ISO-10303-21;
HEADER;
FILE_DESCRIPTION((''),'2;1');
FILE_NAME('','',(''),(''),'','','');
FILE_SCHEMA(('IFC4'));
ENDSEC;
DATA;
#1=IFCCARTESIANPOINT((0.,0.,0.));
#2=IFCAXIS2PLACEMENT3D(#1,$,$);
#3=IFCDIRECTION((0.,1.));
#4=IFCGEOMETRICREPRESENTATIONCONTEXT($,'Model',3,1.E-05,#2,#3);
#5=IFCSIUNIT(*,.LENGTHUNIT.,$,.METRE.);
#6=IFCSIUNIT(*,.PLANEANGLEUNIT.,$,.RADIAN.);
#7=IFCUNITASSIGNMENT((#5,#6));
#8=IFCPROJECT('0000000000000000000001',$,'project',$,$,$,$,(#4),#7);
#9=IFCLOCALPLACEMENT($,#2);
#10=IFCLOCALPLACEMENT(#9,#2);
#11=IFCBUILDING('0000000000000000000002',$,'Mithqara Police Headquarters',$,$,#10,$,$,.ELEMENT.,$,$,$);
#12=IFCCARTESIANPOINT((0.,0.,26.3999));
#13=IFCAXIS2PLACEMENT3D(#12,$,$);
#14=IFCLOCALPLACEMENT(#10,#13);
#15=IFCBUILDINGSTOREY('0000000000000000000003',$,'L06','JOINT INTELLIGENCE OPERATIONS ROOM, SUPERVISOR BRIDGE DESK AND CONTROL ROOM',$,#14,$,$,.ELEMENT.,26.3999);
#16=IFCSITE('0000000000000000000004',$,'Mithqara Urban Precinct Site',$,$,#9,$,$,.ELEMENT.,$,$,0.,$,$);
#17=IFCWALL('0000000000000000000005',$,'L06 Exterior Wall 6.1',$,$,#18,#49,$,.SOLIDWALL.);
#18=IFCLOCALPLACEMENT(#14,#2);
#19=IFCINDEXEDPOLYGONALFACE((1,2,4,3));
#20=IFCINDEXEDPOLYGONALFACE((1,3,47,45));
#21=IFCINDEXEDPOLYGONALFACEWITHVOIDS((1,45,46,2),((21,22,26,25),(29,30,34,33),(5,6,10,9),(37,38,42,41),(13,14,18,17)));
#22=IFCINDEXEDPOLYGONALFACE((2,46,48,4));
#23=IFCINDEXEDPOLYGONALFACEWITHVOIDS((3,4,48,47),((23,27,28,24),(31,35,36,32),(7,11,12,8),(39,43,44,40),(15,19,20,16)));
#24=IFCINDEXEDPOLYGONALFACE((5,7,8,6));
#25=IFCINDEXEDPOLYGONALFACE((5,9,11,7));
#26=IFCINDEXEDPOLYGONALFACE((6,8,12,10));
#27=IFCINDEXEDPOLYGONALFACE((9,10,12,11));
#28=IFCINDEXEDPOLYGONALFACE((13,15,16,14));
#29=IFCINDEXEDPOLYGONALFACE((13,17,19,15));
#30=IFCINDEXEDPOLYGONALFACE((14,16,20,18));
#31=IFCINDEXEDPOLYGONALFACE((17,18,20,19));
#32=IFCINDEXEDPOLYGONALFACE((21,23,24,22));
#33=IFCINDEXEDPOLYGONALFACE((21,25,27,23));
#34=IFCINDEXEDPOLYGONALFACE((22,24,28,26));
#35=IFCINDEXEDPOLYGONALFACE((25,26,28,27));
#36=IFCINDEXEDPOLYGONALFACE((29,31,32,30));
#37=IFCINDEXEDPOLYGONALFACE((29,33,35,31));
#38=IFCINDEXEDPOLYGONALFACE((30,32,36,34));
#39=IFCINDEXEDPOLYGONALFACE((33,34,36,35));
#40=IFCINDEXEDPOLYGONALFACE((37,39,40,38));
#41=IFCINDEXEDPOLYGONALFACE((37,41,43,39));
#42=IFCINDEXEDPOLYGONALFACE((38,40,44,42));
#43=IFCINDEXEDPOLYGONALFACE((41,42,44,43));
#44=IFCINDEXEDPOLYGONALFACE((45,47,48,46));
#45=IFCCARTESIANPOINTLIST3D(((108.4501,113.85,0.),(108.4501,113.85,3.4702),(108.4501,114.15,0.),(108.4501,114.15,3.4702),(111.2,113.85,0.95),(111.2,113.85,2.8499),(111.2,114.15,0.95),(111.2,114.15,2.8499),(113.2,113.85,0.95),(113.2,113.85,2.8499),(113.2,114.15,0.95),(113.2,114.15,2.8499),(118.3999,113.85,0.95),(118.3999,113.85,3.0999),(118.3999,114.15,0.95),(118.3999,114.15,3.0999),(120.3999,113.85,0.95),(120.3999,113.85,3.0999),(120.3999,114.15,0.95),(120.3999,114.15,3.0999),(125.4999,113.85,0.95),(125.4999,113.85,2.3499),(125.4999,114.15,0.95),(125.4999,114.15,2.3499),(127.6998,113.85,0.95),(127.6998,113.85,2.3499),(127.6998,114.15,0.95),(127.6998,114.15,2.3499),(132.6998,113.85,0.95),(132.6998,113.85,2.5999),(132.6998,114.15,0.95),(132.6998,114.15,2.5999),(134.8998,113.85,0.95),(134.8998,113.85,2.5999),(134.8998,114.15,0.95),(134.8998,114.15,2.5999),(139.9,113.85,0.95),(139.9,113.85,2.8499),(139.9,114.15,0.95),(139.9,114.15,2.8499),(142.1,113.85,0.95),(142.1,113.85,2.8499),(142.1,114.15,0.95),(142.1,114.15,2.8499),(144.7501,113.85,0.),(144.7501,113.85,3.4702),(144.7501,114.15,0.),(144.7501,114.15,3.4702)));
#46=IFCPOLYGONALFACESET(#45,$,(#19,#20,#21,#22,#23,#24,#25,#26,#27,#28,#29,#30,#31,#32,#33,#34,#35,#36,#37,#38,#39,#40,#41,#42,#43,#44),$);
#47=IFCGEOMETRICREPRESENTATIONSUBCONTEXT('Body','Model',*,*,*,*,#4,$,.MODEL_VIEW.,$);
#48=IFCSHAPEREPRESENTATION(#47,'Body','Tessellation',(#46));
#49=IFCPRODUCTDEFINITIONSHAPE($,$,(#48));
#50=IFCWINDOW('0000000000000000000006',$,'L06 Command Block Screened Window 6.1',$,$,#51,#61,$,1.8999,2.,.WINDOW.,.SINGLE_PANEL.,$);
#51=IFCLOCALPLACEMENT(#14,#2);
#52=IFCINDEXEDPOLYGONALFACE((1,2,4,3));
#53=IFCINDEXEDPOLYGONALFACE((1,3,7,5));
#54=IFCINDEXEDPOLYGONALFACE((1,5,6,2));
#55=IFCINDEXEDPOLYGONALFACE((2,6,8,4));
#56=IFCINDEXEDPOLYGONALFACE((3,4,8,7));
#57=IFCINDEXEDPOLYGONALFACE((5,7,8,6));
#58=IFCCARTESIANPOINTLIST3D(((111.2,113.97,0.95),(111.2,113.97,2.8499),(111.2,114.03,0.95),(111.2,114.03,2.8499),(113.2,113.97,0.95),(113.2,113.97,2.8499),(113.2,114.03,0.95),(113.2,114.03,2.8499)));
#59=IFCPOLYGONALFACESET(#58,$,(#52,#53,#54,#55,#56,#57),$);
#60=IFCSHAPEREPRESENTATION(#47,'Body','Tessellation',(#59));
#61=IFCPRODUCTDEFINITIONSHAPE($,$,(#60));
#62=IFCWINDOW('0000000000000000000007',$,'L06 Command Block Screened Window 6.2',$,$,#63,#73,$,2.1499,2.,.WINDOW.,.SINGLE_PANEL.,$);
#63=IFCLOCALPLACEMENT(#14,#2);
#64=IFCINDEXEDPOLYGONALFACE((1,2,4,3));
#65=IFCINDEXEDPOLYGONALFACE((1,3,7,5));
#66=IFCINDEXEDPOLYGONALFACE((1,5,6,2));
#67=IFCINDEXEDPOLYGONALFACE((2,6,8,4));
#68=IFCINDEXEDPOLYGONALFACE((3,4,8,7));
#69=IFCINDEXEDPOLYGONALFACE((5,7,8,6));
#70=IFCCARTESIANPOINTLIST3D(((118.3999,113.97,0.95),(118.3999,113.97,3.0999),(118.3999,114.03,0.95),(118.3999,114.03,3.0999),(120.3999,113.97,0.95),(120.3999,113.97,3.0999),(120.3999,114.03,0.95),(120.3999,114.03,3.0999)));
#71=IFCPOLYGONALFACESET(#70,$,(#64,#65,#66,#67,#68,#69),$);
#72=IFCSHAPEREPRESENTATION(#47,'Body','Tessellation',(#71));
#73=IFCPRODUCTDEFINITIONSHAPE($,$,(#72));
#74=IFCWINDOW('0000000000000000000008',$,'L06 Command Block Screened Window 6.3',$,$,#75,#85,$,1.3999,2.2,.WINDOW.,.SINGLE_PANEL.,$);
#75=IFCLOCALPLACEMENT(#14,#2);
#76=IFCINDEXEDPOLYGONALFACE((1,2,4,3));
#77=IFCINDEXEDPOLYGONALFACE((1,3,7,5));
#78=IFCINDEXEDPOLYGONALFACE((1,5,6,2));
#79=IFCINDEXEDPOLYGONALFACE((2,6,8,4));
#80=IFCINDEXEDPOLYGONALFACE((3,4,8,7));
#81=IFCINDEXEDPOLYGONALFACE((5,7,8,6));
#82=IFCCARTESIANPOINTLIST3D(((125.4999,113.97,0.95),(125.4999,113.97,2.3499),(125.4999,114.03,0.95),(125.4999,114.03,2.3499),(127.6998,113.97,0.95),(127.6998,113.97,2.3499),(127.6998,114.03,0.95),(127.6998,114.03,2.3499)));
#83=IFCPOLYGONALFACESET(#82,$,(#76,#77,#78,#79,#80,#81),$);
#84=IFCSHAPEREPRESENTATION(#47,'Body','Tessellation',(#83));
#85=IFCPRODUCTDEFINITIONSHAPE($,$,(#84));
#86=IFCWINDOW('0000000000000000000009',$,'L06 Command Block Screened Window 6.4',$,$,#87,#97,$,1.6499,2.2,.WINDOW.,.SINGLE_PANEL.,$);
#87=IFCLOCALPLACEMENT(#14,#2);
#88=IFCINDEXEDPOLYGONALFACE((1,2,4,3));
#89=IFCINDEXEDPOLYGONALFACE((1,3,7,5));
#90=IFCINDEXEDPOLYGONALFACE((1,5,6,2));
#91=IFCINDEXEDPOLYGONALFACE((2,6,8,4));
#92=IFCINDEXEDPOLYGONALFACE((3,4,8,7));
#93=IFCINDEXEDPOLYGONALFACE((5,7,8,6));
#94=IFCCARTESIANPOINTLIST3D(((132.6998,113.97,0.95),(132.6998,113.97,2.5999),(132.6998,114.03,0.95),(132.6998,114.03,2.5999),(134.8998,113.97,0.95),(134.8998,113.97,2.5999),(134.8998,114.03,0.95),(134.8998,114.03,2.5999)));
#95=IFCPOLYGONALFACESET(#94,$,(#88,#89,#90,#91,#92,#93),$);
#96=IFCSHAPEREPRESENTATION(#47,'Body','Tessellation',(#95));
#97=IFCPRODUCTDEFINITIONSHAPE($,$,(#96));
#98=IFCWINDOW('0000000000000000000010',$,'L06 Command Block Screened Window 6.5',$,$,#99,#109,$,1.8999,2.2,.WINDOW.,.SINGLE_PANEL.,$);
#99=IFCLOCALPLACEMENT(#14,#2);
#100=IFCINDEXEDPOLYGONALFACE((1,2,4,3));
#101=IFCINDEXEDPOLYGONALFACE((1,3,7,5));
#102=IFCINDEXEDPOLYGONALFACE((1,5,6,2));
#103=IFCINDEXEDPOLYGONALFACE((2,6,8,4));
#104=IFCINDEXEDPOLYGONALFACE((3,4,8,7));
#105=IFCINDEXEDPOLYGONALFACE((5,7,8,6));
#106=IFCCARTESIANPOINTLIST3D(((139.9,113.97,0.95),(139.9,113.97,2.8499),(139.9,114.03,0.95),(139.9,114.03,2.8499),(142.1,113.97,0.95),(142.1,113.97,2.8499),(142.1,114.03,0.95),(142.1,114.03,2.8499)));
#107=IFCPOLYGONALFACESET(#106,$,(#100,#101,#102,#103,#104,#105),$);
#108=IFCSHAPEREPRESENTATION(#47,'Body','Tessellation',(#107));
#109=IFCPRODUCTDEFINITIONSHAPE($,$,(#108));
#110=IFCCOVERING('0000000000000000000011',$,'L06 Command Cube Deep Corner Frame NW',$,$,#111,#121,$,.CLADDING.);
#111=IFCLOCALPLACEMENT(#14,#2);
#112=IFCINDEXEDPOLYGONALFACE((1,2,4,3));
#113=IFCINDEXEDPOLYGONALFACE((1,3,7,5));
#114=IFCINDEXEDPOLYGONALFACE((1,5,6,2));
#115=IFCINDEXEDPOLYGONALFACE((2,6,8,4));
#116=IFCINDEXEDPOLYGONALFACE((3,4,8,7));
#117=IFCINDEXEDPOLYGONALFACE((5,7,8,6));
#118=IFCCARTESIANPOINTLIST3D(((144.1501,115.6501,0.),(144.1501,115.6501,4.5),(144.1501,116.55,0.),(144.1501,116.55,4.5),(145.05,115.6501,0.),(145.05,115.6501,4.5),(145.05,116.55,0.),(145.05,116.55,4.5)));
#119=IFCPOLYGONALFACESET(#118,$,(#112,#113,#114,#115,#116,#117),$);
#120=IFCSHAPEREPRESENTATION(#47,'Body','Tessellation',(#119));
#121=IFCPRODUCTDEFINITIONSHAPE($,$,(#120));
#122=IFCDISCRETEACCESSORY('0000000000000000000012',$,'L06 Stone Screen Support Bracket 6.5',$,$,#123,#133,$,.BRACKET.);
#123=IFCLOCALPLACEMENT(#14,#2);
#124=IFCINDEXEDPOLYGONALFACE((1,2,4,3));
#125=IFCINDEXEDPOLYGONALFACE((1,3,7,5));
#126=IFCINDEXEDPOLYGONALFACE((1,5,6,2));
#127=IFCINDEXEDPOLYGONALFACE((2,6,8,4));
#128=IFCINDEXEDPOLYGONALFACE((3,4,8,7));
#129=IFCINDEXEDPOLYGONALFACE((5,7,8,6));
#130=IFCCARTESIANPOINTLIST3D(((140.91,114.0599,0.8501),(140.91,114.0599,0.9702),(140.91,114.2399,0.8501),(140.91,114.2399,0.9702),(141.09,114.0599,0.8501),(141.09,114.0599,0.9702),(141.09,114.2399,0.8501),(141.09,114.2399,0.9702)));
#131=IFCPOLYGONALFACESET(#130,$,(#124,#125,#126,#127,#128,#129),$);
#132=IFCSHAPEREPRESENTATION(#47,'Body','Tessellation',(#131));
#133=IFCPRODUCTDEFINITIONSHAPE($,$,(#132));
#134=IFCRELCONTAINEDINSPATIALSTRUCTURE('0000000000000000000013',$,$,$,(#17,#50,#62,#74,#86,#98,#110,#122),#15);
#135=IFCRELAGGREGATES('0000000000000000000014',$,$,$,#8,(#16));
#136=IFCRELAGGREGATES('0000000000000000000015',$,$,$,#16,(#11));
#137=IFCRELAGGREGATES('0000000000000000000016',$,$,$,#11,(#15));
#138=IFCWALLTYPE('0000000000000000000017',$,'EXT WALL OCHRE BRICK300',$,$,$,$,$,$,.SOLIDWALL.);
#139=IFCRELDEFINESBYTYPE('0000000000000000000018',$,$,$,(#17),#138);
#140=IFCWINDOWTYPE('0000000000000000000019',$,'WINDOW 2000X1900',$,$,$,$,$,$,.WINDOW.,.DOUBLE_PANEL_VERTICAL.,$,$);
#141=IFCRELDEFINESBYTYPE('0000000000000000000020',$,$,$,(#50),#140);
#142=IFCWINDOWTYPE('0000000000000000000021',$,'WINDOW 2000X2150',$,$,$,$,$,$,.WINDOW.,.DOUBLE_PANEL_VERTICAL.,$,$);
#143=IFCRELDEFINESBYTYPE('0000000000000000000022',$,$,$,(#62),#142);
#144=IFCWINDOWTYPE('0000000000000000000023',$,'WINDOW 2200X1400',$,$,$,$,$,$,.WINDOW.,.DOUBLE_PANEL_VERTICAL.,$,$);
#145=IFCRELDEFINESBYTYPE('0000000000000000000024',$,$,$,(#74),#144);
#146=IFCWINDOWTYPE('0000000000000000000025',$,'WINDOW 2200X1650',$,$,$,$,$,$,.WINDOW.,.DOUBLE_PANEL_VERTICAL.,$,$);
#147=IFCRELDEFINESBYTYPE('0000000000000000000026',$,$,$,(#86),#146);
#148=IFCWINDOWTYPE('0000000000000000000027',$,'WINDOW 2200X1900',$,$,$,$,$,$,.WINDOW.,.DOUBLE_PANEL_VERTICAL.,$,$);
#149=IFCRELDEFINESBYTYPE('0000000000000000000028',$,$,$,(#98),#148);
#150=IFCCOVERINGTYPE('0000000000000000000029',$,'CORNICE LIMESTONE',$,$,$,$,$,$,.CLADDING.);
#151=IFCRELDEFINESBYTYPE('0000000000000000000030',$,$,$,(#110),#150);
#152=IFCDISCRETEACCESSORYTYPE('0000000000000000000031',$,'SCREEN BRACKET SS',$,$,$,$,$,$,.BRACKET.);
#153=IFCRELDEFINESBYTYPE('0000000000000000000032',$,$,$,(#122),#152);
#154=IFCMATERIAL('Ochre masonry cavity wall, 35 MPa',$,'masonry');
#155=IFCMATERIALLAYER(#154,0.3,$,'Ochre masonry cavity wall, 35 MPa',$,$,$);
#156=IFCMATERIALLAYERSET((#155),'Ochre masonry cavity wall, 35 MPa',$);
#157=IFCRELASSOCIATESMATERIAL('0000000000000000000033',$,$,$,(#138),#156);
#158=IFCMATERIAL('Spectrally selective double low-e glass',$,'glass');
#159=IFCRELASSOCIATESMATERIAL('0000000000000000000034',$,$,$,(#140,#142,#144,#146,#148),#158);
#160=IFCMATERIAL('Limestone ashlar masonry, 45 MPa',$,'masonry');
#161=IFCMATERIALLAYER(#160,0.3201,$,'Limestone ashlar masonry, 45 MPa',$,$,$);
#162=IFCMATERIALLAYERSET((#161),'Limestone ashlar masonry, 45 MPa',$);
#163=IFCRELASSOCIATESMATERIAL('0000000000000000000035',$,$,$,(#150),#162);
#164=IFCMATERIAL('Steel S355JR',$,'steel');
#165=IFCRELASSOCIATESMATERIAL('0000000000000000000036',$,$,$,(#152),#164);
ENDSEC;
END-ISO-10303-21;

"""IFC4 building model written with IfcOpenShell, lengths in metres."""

from ifc_helpers import new_model, si_unit, direction, frame, frame_2d, origin, origin_2d, place, context, subcontext, project, spatial, rectangle, extrude, material, layer, layer_set, type_object, element, fill, save


model = new_model("IFC4")

# Units and contexts
model_context = context("Model", 3, precision=1e-05, world=origin(), true_north=direction((0.0, 1.0)))
body_context = subcontext(model_context, "Body", "Model", "MODEL_VIEW")
ifc_project = project(units=[si_unit("LENGTHUNIT", "METRE"), si_unit("PLANEANGLEUNIT", "RADIAN")], contexts=[model_context])

# Site, building, storey
site_placement = place(None, origin())
site = spatial("IfcSite", under=ifc_project, at=site_placement, Name="Mithqara Urban Precinct Site", CompositionType="ELEMENT", RefElevation=0.0)
building_placement = place(site_placement, origin())
building = spatial("IfcBuilding", under=site, at=building_placement, Name="Mithqara Police Headquarters", CompositionType="ELEMENT")
storey_placement = place(building_placement, frame((0.0, 0.0, 26.3999)))
storey = spatial("IfcBuildingStorey", under=building, at=storey_placement, Name="L06", Description="JOINT INTELLIGENCE OPERATIONS ROOM, SUPERVISOR BRIDGE DESK AND CONTROL ROOM", CompositionType="ELEMENT", Elevation=26.3999)

# Shared definitions
ifc_material_1 = material(Name="Steel S355JR", Category="steel")

# Shared definitions
ifc_material_2 = material(Name="Limestone ashlar masonry, 45 MPa", Category="masonry")

# Wall, openings, windows
ifc_material_3 = material(Name="Ochre masonry cavity wall, 35 MPa", Category="masonry")
ifc_layer_1 = layer(ifc_material_3, 0.3, Name="Ochre masonry cavity wall, 35 MPa")
ifc_layer_set_1 = layer_set([ifc_layer_1], Name="Ochre masonry cavity wall, 35 MPa")
wall_type = type_object("IfcWallType", Name="EXT WALL OCHRE BRICK300", PredefinedType="SOLIDWALL", material=ifc_layer_set_1)
wall_placement = place(storey_placement, frame((144.75, 114.0, 0.0), z_axis=(0.0, 0.0, 1.0), x_axis=(-1.0, 0.0, 0.0)))
wall = element("IfcWall", 1, at=wall_placement, inside=storey, type_object=wall_type, Name="L06 Exterior Wall 6.1", PredefinedType="SOLIDWALL", context=body_context, shape_type="SweptSolid", body=[
    extrude(rectangle(XDim=36.3, YDim=0.3, at=frame_2d((18.1499, 0.0))), origin(), (0.0, 0.0, 1.0), 3.4702),
])
opening_1_placement = place(wall_placement, frame((31.55, 0.0, 0.95)))
opening_1 = element("IfcOpeningElement", 2, at=opening_1_placement, cuts=wall, PredefinedType="OPENING", context=body_context, shape_type="SweptSolid", body=[
    extrude(rectangle(XDim=2.0, YDim=1.8999, at=frame_2d((1.0, 0.95))), frame((0.0, 0.1602, 0.0), z_axis=(0.0, -1.0, 0.0), x_axis=(1.0, 0.0, 0.0)), (0.0, 0.0, 1.0), 0.3201),
])
opening_2_placement = place(wall_placement, frame((24.3501, 0.0, 0.95)))
opening_2 = element("IfcOpeningElement", 3, at=opening_2_placement, cuts=wall, PredefinedType="OPENING", context=body_context, shape_type="SweptSolid", body=[
    extrude(rectangle(XDim=2.0, YDim=2.1499, at=frame_2d((1.0, 1.075))), frame((0.0, 0.1602, 0.0), z_axis=(0.0, -1.0, 0.0), x_axis=(1.0, 0.0, 0.0)), (0.0, 0.0, 1.0), 0.3201),
])
opening_3_placement = place(wall_placement, frame((17.05, 0.0, 0.95)))
opening_3 = element("IfcOpeningElement", 4, at=opening_3_placement, cuts=wall, PredefinedType="OPENING", context=body_context, shape_type="SweptSolid", body=[
    extrude(rectangle(XDim=2.2, YDim=1.3999, at=frame_2d((1.1001, 0.7))), frame((0.0, 0.1602, 0.0), z_axis=(0.0, -1.0, 0.0), x_axis=(1.0, 0.0, 0.0)), (0.0, 0.0, 1.0), 0.3201),
])
opening_4_placement = place(wall_placement, frame((9.8501, 0.0, 0.95)))
opening_4 = element("IfcOpeningElement", 5, at=opening_4_placement, cuts=wall, PredefinedType="OPENING", context=body_context, shape_type="SweptSolid", body=[
    extrude(rectangle(XDim=2.2, YDim=1.6499, at=frame_2d((1.1001, 0.825))), frame((0.0, 0.1602, 0.0), z_axis=(0.0, -1.0, 0.0), x_axis=(1.0, 0.0, 0.0)), (0.0, 0.0, 1.0), 0.3201),
])
opening_5_placement = place(wall_placement, frame((2.6499, 0.0, 0.95)))
opening_5 = element("IfcOpeningElement", 6, at=opening_5_placement, cuts=wall, PredefinedType="OPENING", context=body_context, shape_type="SweptSolid", body=[
    extrude(rectangle(XDim=2.2, YDim=1.8999, at=frame_2d((1.1001, 0.95))), frame((0.0, 0.1602, 0.0), z_axis=(0.0, -1.0, 0.0), x_axis=(1.0, 0.0, 0.0)), (0.0, 0.0, 1.0), 0.3201),
])
ifc_material_4 = material(Name="Spectrally selective double low-e glass", Category="glass")
window_type_1 = type_object("IfcWindowType", Name="WINDOW 2000X1900", PartitioningType="DOUBLE_PANEL_VERTICAL", PredefinedType="WINDOW", material=ifc_material_4)
window_1_placement = place(opening_1_placement, origin())
window_1 = element("IfcWindow", 7, at=window_1_placement, inside=storey, type_object=window_type_1, Name="L06 Command Block Screened Window 6.1", OverallHeight=1.8999, OverallWidth=2.0, PartitioningType="SINGLE_PANEL", PredefinedType="WINDOW", context=body_context, shape_type="SweptSolid", body=[
    extrude(rectangle(XDim=2.0, YDim=1.8999, at=frame_2d((1.0, 0.95))), frame((0.0, 0.03, 0.0), z_axis=(0.0, -1.0, 0.0), x_axis=(1.0, 0.0, 0.0)), (0.0, 0.0, 1.0), 0.0601),
])
fill(opening_1, window_1)
window_type_2 = type_object("IfcWindowType", Name="WINDOW 2000X2150", PartitioningType="DOUBLE_PANEL_VERTICAL", PredefinedType="WINDOW", material=ifc_material_4)
window_2_placement = place(opening_2_placement, origin())
window_2 = element("IfcWindow", 8, at=window_2_placement, inside=storey, type_object=window_type_2, Name="L06 Command Block Screened Window 6.2", OverallHeight=2.1499, OverallWidth=2.0, PartitioningType="SINGLE_PANEL", PredefinedType="WINDOW", context=body_context, shape_type="SweptSolid", body=[
    extrude(rectangle(XDim=2.0, YDim=2.1499, at=frame_2d((1.0, 1.075))), frame((0.0, 0.03, 0.0), z_axis=(0.0, -1.0, 0.0), x_axis=(1.0, 0.0, 0.0)), (0.0, 0.0, 1.0), 0.0601),
])
fill(opening_2, window_2)
window_type_3 = type_object("IfcWindowType", Name="WINDOW 2200X1400", PartitioningType="DOUBLE_PANEL_VERTICAL", PredefinedType="WINDOW", material=ifc_material_4)
window_3_placement = place(opening_3_placement, origin())
window_3 = element("IfcWindow", 9, at=window_3_placement, inside=storey, type_object=window_type_3, Name="L06 Command Block Screened Window 6.3", OverallHeight=1.3999, OverallWidth=2.2, PartitioningType="SINGLE_PANEL", PredefinedType="WINDOW", context=body_context, shape_type="SweptSolid", body=[
    extrude(rectangle(XDim=2.2, YDim=1.3999, at=frame_2d((1.1001, 0.7))), frame((0.0, 0.03, 0.0), z_axis=(0.0, -1.0, 0.0), x_axis=(1.0, 0.0, 0.0)), (0.0, 0.0, 1.0), 0.0601),
])
fill(opening_3, window_3)
window_type_4 = type_object("IfcWindowType", Name="WINDOW 2200X1650", PartitioningType="DOUBLE_PANEL_VERTICAL", PredefinedType="WINDOW", material=ifc_material_4)
window_4_placement = place(opening_4_placement, origin())
window_4 = element("IfcWindow", 10, at=window_4_placement, inside=storey, type_object=window_type_4, Name="L06 Command Block Screened Window 6.4", OverallHeight=1.6499, OverallWidth=2.2, PartitioningType="SINGLE_PANEL", PredefinedType="WINDOW", context=body_context, shape_type="SweptSolid", body=[
    extrude(rectangle(XDim=2.2, YDim=1.6499, at=frame_2d((1.1001, 0.825))), frame((0.0, 0.03, 0.0), z_axis=(0.0, -1.0, 0.0), x_axis=(1.0, 0.0, 0.0)), (0.0, 0.0, 1.0), 0.0601),
])
fill(opening_4, window_4)
window_type_5 = type_object("IfcWindowType", Name="WINDOW 2200X1900", PartitioningType="DOUBLE_PANEL_VERTICAL", PredefinedType="WINDOW", material=ifc_material_4)
window_5_placement = place(opening_5_placement, origin())
window_5 = element("IfcWindow", 11, at=window_5_placement, inside=storey, type_object=window_type_5, Name="L06 Command Block Screened Window 6.5", OverallHeight=1.8999, OverallWidth=2.2, PartitioningType="SINGLE_PANEL", PredefinedType="WINDOW", context=body_context, shape_type="SweptSolid", body=[
    extrude(rectangle(XDim=2.2, YDim=1.8999, at=frame_2d((1.1001, 0.95))), frame((0.0, 0.03, 0.0), z_axis=(0.0, -1.0, 0.0), x_axis=(1.0, 0.0, 0.0)), (0.0, 0.0, 1.0), 0.0601),
])
fill(opening_5, window_5)

# Covering
ifc_layer_2 = layer(ifc_material_2, 0.3201, Name="Limestone ashlar masonry, 45 MPa")
ifc_layer_set_2 = layer_set([ifc_layer_2], Name="Limestone ashlar masonry, 45 MPa")
covering_type = type_object("IfcCoveringType", Name="CORNICE LIMESTONE", PredefinedType="CLADDING", material=ifc_layer_set_2)
covering_placement = place(storey_placement, frame((144.6001, 116.1001, 0.0), z_axis=(0.0, 0.0, 1.0), x_axis=(1.0, 0.0, 0.0)))
element("IfcCovering", 12, at=covering_placement, inside=storey, type_object=covering_type, Name="L06 Command Cube Deep Corner Frame NW", PredefinedType="CLADDING", context=body_context, shape_type="SweptSolid", body=[
    extrude(rectangle(XDim=0.8999, YDim=0.8999, at=origin_2d()), origin(), (0.0, 0.0, 1.0), 4.5),
])

# Discrete accessory
discrete_accessory_type = type_object("IfcDiscreteAccessoryType", Name="SCREEN BRACKET SS", PredefinedType="BRACKET", material=ifc_material_1)
discrete_accessory_placement = place(storey_placement, frame((141.0, 114.1499, 0.8501), z_axis=(0.0, 0.0, 1.0), x_axis=(1.0, 0.0, 0.0)))
element("IfcDiscreteAccessory", 13, at=discrete_accessory_placement, inside=storey, type_object=discrete_accessory_type, Name="L06 Stone Screen Support Bracket 6.5", PredefinedType="BRACKET", context=body_context, shape_type="SweptSolid", body=[
    extrude(rectangle(XDim=0.1799, YDim=0.1799, at=origin_2d()), origin(), (0.0, 0.0, 1.0), 0.1201),
])

save(model, "model.ifc")
